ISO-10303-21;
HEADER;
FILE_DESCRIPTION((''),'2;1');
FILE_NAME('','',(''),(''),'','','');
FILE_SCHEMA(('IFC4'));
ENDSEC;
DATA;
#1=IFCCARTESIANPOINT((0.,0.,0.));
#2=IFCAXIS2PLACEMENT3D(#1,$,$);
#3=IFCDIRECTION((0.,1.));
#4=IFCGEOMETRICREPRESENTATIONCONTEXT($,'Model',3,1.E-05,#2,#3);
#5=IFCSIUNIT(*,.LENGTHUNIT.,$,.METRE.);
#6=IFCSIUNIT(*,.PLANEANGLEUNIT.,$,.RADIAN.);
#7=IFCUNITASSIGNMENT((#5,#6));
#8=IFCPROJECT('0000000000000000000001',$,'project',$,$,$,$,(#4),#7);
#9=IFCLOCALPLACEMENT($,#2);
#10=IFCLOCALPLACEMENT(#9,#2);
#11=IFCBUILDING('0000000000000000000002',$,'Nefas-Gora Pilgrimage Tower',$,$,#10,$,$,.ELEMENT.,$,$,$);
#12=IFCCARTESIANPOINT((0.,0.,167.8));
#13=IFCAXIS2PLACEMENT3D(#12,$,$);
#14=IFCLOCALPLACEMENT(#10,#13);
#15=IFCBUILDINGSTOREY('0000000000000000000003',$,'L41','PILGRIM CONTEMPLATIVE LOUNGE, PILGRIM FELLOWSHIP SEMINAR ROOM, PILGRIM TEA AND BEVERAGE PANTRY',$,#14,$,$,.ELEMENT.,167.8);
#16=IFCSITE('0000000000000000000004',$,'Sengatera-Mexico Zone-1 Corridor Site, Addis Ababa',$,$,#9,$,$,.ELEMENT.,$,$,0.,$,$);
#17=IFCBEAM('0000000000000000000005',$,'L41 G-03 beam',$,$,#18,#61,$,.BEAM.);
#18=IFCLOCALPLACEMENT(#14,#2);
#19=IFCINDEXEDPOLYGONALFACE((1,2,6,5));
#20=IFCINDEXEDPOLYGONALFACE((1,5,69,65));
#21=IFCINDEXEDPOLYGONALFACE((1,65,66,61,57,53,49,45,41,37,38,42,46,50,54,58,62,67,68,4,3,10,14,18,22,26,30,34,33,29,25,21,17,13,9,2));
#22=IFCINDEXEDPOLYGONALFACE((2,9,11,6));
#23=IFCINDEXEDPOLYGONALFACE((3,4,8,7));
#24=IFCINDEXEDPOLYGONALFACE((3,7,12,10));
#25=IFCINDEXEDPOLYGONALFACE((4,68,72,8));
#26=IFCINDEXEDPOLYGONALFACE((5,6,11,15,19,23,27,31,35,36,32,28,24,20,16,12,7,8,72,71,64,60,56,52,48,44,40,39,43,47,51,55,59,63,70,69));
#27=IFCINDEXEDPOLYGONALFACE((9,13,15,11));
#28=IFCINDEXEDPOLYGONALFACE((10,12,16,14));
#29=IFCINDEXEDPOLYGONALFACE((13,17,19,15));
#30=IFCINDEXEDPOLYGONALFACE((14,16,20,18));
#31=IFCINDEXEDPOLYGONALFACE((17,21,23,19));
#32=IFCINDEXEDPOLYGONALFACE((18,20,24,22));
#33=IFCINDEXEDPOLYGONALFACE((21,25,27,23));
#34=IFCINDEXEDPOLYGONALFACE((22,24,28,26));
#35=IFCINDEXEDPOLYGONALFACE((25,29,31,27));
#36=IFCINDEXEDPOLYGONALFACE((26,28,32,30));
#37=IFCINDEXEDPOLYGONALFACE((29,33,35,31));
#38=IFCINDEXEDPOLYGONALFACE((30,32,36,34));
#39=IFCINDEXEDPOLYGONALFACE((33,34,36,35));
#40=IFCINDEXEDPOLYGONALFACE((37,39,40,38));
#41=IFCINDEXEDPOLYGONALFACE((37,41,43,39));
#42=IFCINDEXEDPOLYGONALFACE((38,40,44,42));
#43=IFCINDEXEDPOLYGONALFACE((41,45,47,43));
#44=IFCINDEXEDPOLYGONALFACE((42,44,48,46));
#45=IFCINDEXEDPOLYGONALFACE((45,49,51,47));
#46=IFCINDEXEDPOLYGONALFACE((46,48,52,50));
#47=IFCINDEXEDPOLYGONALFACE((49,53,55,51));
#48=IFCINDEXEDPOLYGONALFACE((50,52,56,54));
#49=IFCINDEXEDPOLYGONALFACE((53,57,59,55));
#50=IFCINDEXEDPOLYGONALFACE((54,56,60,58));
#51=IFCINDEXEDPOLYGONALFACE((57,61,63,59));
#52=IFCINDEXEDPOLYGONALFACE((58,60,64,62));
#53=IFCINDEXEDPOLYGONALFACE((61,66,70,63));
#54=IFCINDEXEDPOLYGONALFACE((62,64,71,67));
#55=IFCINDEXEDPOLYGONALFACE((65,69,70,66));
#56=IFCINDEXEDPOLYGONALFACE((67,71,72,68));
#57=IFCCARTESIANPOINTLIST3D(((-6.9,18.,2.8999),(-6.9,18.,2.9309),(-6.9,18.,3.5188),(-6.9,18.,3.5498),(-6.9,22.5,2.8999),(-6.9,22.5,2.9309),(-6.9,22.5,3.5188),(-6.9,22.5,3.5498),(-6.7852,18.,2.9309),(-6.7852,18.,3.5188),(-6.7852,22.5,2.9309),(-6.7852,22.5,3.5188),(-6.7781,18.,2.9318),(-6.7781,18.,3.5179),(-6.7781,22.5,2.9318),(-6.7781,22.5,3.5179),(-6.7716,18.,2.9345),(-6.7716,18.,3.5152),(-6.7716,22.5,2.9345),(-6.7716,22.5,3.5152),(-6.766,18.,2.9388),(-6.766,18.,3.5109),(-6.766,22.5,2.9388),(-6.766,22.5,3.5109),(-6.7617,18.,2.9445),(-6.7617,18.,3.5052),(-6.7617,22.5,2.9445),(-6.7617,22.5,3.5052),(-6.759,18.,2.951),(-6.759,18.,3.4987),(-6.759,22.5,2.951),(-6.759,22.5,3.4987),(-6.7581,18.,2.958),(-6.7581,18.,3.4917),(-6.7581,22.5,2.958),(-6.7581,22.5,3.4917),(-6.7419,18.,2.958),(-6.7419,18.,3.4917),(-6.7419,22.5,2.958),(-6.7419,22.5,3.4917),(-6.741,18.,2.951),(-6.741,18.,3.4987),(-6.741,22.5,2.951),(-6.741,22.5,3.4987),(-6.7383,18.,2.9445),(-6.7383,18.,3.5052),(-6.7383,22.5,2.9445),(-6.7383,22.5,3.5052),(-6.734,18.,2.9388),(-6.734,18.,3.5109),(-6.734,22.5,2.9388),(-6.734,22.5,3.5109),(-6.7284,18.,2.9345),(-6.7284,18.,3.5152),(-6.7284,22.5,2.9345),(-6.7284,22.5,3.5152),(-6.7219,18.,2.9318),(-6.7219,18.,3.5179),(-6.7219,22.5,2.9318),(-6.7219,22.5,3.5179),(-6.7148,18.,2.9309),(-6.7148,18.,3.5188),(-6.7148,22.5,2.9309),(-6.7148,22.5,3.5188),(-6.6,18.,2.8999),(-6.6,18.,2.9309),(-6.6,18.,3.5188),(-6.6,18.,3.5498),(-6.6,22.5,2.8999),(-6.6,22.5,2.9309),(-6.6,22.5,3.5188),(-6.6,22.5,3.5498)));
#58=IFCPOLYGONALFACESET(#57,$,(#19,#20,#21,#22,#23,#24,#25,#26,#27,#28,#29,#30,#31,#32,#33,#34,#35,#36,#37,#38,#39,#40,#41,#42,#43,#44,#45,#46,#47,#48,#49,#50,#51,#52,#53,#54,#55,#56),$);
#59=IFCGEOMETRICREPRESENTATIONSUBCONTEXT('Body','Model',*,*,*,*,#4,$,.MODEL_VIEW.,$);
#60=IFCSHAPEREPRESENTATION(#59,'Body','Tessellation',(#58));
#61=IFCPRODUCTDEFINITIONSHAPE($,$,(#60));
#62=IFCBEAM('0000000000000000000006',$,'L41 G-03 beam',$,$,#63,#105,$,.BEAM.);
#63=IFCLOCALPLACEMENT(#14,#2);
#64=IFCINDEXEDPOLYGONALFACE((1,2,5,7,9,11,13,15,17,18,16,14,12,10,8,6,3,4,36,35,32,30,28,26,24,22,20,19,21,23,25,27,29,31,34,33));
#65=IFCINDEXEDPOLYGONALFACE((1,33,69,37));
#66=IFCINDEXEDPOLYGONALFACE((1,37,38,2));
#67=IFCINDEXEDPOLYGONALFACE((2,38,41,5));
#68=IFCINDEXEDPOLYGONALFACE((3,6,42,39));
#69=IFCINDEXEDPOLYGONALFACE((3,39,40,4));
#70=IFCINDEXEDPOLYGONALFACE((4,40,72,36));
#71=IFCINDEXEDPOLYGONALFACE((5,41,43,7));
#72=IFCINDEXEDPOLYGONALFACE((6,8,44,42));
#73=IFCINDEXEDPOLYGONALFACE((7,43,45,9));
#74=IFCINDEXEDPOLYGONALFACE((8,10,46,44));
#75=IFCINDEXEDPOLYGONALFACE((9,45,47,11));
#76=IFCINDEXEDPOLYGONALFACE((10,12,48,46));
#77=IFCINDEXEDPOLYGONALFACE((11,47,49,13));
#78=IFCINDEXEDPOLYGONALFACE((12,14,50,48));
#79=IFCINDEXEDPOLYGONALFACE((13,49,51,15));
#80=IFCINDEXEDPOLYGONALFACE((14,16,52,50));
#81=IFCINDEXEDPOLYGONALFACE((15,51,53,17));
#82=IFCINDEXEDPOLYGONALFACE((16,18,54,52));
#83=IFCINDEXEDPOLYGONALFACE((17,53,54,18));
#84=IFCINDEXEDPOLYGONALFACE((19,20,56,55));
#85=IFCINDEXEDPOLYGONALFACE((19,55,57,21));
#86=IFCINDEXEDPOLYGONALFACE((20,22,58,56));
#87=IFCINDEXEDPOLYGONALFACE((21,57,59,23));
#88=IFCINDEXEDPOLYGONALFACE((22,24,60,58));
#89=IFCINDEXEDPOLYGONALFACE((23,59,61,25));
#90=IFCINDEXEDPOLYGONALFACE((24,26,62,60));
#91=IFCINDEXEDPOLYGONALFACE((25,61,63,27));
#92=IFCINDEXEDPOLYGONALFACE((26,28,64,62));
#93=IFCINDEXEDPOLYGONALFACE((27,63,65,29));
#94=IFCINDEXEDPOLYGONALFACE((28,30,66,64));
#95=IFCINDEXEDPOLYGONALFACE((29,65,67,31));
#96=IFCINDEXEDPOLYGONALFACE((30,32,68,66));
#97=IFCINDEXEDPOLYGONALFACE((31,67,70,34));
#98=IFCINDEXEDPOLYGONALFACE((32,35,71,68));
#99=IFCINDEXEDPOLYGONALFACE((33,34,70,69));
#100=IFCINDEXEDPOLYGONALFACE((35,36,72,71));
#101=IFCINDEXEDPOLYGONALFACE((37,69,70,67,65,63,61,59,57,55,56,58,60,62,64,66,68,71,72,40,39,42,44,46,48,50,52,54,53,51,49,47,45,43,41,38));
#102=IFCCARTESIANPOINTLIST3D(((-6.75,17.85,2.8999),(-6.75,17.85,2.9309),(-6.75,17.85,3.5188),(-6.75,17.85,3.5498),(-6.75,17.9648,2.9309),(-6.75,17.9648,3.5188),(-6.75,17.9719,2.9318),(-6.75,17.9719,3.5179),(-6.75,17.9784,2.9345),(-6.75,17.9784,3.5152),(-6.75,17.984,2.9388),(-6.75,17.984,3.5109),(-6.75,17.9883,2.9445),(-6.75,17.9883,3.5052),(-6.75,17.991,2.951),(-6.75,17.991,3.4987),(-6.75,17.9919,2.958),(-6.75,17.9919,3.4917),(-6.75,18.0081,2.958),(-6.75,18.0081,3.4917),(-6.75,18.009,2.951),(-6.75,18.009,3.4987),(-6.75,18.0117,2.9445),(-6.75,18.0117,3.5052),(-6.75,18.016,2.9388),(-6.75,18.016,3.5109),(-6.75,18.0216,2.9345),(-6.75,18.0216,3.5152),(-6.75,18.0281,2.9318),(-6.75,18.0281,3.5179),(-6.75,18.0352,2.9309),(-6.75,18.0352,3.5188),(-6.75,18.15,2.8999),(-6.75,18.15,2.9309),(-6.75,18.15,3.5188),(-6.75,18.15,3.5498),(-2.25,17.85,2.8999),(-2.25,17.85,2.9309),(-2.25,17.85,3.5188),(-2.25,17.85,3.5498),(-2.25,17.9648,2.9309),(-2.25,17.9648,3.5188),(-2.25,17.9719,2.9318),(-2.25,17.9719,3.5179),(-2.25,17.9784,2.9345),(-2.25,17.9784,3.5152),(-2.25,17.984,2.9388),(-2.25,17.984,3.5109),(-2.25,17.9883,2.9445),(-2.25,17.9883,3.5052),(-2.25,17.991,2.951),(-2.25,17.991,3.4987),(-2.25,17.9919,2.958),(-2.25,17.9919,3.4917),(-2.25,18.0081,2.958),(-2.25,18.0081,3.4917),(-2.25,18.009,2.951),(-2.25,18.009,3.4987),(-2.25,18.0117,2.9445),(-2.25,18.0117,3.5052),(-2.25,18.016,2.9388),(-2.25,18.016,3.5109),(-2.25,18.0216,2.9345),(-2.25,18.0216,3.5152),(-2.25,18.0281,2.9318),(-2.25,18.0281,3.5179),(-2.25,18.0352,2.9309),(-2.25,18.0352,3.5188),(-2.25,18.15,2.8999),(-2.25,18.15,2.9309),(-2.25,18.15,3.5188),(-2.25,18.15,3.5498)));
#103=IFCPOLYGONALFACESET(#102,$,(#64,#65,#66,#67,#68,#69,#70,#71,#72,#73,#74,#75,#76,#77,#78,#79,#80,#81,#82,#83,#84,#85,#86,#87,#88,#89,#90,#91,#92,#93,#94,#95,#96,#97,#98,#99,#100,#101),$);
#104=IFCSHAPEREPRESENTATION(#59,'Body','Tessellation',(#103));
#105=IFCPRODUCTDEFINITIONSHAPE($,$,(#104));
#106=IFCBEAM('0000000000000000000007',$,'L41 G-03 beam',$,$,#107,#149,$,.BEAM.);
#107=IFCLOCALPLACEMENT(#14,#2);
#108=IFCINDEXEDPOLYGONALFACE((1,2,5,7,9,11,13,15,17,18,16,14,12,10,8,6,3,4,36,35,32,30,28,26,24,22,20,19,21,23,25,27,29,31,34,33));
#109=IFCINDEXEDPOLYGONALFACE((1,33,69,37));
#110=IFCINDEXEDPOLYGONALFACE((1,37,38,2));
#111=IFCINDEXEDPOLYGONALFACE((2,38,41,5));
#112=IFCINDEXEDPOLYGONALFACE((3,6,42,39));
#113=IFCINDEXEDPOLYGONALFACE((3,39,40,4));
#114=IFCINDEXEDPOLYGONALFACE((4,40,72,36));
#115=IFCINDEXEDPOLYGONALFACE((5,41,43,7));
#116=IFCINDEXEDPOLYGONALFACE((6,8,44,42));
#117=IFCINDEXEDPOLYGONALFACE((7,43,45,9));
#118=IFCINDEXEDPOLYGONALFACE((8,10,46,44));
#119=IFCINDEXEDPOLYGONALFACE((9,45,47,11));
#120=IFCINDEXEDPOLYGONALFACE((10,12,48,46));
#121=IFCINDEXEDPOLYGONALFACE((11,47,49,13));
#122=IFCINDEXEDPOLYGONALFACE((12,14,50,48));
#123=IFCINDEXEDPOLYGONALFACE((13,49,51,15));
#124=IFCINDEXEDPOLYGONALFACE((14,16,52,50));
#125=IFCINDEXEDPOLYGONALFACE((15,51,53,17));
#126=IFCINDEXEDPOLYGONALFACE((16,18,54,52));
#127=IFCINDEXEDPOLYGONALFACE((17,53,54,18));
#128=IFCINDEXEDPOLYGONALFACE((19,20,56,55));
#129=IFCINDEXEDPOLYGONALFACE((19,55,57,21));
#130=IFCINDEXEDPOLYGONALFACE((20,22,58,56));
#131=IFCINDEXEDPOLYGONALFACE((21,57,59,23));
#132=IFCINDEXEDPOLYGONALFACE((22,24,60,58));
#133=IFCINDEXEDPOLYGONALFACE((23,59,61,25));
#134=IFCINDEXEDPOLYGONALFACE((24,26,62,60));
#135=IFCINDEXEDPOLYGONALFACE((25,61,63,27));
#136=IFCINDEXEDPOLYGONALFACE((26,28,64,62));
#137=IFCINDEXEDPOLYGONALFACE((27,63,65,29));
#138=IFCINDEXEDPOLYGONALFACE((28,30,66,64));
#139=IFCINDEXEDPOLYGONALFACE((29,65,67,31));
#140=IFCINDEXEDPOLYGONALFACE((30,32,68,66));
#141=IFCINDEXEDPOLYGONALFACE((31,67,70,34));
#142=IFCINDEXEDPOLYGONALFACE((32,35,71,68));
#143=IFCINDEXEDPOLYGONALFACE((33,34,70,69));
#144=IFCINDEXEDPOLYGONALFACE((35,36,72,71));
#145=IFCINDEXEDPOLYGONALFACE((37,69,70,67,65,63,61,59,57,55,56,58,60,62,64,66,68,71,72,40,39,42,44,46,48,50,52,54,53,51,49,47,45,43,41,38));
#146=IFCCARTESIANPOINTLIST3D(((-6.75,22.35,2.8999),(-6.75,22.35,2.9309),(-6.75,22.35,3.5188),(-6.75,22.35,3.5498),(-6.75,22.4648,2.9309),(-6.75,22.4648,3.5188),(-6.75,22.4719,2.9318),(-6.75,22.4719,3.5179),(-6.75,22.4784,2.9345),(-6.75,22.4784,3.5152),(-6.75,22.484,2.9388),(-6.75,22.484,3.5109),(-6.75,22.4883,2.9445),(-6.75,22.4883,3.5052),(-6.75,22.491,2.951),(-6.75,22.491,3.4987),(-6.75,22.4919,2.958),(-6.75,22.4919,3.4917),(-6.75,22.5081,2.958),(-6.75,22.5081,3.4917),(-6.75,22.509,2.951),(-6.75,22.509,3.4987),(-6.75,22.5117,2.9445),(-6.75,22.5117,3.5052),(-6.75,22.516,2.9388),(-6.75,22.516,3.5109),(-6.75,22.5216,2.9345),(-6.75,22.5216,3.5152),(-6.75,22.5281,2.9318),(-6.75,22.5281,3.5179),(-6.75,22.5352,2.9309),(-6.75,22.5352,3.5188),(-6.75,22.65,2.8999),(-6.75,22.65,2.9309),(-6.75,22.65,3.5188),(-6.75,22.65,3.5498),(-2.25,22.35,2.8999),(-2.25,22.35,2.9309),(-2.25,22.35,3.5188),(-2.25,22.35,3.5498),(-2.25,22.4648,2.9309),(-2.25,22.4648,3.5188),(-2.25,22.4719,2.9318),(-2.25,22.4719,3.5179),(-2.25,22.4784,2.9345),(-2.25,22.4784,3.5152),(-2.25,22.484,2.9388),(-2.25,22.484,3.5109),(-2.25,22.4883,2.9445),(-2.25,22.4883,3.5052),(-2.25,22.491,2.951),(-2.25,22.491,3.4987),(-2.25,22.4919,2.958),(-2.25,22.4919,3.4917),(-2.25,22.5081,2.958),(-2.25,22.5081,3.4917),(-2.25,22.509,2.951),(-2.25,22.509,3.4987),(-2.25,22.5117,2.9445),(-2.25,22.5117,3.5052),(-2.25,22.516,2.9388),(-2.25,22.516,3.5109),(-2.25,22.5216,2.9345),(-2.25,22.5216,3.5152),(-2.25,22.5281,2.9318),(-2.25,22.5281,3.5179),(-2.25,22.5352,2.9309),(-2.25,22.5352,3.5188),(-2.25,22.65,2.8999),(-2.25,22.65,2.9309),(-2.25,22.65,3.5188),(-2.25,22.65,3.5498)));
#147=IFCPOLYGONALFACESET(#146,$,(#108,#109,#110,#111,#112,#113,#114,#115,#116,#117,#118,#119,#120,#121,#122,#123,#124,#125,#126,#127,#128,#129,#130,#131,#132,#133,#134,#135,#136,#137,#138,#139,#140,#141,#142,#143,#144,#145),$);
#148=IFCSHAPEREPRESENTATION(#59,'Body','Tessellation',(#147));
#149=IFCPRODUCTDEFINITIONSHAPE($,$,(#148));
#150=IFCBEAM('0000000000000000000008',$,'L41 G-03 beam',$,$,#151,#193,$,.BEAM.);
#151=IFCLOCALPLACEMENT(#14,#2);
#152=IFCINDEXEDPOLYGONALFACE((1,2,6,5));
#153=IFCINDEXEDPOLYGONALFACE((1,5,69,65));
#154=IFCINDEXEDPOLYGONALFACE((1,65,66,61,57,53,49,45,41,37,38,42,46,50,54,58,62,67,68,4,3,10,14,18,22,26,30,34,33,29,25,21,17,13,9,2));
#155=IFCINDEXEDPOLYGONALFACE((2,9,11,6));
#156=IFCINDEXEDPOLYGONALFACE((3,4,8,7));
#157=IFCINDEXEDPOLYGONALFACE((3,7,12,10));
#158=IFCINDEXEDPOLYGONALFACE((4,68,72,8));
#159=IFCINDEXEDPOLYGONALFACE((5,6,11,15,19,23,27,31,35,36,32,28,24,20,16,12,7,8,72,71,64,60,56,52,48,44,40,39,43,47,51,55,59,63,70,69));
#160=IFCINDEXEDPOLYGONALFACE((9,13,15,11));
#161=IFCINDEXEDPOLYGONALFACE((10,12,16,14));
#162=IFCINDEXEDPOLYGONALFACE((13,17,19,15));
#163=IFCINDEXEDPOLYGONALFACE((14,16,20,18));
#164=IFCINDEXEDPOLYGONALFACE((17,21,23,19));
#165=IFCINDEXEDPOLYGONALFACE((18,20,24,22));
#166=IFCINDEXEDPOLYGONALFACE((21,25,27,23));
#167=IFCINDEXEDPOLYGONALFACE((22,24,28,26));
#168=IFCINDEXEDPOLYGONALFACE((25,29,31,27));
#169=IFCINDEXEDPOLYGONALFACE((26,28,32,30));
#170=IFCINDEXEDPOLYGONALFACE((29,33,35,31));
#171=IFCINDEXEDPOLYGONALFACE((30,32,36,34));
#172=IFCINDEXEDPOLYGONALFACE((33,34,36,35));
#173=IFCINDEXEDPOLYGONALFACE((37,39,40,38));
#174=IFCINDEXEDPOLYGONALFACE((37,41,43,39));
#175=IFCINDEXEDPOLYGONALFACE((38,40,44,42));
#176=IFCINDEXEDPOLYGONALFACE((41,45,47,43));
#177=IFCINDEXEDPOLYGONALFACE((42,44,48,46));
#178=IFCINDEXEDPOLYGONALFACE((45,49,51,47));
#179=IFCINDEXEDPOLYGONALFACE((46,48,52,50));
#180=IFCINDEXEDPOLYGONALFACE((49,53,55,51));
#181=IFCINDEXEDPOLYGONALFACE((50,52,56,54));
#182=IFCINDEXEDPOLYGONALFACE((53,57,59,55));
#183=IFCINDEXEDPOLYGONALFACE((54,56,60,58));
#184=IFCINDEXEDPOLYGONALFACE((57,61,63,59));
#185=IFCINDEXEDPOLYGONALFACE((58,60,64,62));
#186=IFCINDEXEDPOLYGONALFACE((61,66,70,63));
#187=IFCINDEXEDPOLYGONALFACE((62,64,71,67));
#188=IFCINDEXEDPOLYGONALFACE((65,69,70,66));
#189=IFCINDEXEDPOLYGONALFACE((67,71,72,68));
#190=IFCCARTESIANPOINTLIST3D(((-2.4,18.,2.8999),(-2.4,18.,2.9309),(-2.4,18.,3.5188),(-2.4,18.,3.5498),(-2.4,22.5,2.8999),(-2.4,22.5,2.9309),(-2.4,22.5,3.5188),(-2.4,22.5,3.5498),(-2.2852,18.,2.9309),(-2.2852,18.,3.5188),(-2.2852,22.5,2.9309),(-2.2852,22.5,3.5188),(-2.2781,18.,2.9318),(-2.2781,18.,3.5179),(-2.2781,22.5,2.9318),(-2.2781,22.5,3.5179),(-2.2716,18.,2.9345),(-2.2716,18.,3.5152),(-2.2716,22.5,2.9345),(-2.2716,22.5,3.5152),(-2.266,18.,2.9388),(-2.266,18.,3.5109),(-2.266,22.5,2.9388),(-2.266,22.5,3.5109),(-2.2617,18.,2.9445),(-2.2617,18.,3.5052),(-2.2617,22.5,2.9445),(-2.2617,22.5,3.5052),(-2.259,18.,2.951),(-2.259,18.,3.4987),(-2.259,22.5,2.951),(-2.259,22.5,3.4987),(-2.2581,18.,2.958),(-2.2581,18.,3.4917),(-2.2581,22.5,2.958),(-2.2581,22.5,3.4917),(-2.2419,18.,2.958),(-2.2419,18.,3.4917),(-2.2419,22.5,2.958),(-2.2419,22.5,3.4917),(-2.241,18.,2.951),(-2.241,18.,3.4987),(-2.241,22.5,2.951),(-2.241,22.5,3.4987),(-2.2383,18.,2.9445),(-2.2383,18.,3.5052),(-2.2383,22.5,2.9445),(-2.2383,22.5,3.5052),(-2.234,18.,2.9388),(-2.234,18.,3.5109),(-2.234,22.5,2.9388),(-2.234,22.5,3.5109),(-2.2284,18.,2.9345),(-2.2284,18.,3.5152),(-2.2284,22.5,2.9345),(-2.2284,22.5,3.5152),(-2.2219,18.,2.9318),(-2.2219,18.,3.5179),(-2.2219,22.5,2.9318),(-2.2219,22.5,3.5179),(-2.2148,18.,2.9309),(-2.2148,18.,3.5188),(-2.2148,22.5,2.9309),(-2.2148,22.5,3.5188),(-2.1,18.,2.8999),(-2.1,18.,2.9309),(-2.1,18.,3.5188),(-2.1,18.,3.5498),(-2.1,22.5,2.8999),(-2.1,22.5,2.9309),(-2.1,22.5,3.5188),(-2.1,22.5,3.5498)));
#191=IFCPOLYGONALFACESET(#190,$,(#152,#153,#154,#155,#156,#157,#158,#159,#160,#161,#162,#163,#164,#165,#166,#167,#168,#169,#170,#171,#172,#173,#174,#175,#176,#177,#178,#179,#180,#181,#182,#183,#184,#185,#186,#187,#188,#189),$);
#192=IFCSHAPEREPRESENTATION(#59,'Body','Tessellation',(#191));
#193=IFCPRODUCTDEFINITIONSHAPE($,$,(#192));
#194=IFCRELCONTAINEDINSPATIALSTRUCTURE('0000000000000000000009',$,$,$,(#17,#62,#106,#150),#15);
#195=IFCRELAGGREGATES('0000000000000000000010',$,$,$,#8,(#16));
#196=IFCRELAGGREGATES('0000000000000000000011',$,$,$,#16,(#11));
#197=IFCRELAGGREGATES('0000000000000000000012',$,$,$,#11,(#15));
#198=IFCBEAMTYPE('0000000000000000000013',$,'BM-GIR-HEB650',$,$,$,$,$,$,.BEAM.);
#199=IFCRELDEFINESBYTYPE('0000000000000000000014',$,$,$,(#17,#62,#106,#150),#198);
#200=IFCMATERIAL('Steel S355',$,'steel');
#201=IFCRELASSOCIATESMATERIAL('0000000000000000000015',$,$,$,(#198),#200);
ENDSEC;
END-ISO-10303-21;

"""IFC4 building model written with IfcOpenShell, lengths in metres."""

from ifc_helpers import new_model, si_unit, direction, frame, origin, origin_2d, place, context, subcontext, project, spatial, i_section, extrude, source, transform, mapped, material, material_profile, profile_set, type_object, element, save


model = new_model("IFC4")

# Units and contexts
model_context = context("Model", 3, precision=1e-05, world=origin(), true_north=direction((0.0, 1.0)))
body_context = subcontext(model_context, "Body", "Model", "MODEL_VIEW")
ifc_project = project(units=[si_unit("LENGTHUNIT", "METRE"), si_unit("PLANEANGLEUNIT", "RADIAN")], contexts=[model_context])

# Site, building, storey
site_placement = place(None, origin())
site = spatial("IfcSite", under=ifc_project, at=site_placement, Name="Sengatera-Mexico Zone-1 Corridor Site, Addis Ababa", CompositionType="ELEMENT", RefElevation=0.0)
building_placement = place(site_placement, origin())
building = spatial("IfcBuilding", under=site, at=building_placement, Name="Nefas-Gora Pilgrimage Tower", CompositionType="ELEMENT")
storey_placement = place(building_placement, frame((0.0, 0.0, 167.8)))
storey = spatial("IfcBuildingStorey", under=building, at=storey_placement, Name="L41", Description="PILGRIM CONTEMPLATIVE LOUNGE, PILGRIM FELLOWSHIP SEMINAR ROOM, PILGRIM TEA AND BEVERAGE PANTRY", CompositionType="ELEMENT", Elevation=167.8)

# Beams
ifc_material_1 = material(Name="Steel S355", Category="steel")
ifc_material_profile_1 = material_profile(ifc_material_1, i_section(OverallWidth=0.3, OverallDepth=0.6499, WebThickness=0.0161, FlangeThickness=0.031, FilletRadius=0.0271, at=origin_2d()), Name="HEB 650")
ifc_profile_set_1 = profile_set([ifc_material_profile_1], Name="Steel S355")
beam_type = type_object("IfcBeamType", Name="BM-GIR-HEB650", PredefinedType="BEAM", material=ifc_profile_set_1)
shared_shape_1 = source(origin(), body_context, "Body", "SweptSolid", [
    extrude(i_section(OverallWidth=0.3, OverallDepth=0.6499, WebThickness=0.0161, FlangeThickness=0.031, FilletRadius=0.0271, at=origin_2d()), origin(), (0.0, 0.0, 1.0), 4.5),
])
for number, where, z_axis, x_axis, name in (
    (1, (-6.75, 18.0, 3.2249), (0.0, 1.0, 0.0), (-1.0, 0.0, 0.0), "L41 G-03 beam"),
    (2, (-6.75, 18.0, 3.2249), (1.0, 0.0, 0.0), (0.0, 1.0, 0.0), "L41 G-03 beam"),
    (3, (-6.75, 22.5, 3.2249), (1.0, 0.0, 0.0), (0.0, 1.0, 0.0), "L41 G-03 beam"),
    (4, (-2.25, 18.0, 3.2249), (0.0, 1.0, 0.0), (-1.0, 0.0, 0.0), "L41 G-03 beam"),
):
    element("IfcBeam", number, at=place(storey_placement, frame(where, z_axis=z_axis, x_axis=x_axis)), inside=storey, type_object=beam_type, Name=name, PredefinedType="BEAM", context=body_context, shape_type="MappedRepresentation", body=[
        mapped(shared_shape_1, transform((0.0, 0.0, 0.0), x_axis=(1.0, 0.0, 0.0), y_axis=(0.0, 1.0, 0.0), z_axis=(0.0, 0.0, 1.0), scale=1.0)),
    ])

save(model, "model.ifc")
